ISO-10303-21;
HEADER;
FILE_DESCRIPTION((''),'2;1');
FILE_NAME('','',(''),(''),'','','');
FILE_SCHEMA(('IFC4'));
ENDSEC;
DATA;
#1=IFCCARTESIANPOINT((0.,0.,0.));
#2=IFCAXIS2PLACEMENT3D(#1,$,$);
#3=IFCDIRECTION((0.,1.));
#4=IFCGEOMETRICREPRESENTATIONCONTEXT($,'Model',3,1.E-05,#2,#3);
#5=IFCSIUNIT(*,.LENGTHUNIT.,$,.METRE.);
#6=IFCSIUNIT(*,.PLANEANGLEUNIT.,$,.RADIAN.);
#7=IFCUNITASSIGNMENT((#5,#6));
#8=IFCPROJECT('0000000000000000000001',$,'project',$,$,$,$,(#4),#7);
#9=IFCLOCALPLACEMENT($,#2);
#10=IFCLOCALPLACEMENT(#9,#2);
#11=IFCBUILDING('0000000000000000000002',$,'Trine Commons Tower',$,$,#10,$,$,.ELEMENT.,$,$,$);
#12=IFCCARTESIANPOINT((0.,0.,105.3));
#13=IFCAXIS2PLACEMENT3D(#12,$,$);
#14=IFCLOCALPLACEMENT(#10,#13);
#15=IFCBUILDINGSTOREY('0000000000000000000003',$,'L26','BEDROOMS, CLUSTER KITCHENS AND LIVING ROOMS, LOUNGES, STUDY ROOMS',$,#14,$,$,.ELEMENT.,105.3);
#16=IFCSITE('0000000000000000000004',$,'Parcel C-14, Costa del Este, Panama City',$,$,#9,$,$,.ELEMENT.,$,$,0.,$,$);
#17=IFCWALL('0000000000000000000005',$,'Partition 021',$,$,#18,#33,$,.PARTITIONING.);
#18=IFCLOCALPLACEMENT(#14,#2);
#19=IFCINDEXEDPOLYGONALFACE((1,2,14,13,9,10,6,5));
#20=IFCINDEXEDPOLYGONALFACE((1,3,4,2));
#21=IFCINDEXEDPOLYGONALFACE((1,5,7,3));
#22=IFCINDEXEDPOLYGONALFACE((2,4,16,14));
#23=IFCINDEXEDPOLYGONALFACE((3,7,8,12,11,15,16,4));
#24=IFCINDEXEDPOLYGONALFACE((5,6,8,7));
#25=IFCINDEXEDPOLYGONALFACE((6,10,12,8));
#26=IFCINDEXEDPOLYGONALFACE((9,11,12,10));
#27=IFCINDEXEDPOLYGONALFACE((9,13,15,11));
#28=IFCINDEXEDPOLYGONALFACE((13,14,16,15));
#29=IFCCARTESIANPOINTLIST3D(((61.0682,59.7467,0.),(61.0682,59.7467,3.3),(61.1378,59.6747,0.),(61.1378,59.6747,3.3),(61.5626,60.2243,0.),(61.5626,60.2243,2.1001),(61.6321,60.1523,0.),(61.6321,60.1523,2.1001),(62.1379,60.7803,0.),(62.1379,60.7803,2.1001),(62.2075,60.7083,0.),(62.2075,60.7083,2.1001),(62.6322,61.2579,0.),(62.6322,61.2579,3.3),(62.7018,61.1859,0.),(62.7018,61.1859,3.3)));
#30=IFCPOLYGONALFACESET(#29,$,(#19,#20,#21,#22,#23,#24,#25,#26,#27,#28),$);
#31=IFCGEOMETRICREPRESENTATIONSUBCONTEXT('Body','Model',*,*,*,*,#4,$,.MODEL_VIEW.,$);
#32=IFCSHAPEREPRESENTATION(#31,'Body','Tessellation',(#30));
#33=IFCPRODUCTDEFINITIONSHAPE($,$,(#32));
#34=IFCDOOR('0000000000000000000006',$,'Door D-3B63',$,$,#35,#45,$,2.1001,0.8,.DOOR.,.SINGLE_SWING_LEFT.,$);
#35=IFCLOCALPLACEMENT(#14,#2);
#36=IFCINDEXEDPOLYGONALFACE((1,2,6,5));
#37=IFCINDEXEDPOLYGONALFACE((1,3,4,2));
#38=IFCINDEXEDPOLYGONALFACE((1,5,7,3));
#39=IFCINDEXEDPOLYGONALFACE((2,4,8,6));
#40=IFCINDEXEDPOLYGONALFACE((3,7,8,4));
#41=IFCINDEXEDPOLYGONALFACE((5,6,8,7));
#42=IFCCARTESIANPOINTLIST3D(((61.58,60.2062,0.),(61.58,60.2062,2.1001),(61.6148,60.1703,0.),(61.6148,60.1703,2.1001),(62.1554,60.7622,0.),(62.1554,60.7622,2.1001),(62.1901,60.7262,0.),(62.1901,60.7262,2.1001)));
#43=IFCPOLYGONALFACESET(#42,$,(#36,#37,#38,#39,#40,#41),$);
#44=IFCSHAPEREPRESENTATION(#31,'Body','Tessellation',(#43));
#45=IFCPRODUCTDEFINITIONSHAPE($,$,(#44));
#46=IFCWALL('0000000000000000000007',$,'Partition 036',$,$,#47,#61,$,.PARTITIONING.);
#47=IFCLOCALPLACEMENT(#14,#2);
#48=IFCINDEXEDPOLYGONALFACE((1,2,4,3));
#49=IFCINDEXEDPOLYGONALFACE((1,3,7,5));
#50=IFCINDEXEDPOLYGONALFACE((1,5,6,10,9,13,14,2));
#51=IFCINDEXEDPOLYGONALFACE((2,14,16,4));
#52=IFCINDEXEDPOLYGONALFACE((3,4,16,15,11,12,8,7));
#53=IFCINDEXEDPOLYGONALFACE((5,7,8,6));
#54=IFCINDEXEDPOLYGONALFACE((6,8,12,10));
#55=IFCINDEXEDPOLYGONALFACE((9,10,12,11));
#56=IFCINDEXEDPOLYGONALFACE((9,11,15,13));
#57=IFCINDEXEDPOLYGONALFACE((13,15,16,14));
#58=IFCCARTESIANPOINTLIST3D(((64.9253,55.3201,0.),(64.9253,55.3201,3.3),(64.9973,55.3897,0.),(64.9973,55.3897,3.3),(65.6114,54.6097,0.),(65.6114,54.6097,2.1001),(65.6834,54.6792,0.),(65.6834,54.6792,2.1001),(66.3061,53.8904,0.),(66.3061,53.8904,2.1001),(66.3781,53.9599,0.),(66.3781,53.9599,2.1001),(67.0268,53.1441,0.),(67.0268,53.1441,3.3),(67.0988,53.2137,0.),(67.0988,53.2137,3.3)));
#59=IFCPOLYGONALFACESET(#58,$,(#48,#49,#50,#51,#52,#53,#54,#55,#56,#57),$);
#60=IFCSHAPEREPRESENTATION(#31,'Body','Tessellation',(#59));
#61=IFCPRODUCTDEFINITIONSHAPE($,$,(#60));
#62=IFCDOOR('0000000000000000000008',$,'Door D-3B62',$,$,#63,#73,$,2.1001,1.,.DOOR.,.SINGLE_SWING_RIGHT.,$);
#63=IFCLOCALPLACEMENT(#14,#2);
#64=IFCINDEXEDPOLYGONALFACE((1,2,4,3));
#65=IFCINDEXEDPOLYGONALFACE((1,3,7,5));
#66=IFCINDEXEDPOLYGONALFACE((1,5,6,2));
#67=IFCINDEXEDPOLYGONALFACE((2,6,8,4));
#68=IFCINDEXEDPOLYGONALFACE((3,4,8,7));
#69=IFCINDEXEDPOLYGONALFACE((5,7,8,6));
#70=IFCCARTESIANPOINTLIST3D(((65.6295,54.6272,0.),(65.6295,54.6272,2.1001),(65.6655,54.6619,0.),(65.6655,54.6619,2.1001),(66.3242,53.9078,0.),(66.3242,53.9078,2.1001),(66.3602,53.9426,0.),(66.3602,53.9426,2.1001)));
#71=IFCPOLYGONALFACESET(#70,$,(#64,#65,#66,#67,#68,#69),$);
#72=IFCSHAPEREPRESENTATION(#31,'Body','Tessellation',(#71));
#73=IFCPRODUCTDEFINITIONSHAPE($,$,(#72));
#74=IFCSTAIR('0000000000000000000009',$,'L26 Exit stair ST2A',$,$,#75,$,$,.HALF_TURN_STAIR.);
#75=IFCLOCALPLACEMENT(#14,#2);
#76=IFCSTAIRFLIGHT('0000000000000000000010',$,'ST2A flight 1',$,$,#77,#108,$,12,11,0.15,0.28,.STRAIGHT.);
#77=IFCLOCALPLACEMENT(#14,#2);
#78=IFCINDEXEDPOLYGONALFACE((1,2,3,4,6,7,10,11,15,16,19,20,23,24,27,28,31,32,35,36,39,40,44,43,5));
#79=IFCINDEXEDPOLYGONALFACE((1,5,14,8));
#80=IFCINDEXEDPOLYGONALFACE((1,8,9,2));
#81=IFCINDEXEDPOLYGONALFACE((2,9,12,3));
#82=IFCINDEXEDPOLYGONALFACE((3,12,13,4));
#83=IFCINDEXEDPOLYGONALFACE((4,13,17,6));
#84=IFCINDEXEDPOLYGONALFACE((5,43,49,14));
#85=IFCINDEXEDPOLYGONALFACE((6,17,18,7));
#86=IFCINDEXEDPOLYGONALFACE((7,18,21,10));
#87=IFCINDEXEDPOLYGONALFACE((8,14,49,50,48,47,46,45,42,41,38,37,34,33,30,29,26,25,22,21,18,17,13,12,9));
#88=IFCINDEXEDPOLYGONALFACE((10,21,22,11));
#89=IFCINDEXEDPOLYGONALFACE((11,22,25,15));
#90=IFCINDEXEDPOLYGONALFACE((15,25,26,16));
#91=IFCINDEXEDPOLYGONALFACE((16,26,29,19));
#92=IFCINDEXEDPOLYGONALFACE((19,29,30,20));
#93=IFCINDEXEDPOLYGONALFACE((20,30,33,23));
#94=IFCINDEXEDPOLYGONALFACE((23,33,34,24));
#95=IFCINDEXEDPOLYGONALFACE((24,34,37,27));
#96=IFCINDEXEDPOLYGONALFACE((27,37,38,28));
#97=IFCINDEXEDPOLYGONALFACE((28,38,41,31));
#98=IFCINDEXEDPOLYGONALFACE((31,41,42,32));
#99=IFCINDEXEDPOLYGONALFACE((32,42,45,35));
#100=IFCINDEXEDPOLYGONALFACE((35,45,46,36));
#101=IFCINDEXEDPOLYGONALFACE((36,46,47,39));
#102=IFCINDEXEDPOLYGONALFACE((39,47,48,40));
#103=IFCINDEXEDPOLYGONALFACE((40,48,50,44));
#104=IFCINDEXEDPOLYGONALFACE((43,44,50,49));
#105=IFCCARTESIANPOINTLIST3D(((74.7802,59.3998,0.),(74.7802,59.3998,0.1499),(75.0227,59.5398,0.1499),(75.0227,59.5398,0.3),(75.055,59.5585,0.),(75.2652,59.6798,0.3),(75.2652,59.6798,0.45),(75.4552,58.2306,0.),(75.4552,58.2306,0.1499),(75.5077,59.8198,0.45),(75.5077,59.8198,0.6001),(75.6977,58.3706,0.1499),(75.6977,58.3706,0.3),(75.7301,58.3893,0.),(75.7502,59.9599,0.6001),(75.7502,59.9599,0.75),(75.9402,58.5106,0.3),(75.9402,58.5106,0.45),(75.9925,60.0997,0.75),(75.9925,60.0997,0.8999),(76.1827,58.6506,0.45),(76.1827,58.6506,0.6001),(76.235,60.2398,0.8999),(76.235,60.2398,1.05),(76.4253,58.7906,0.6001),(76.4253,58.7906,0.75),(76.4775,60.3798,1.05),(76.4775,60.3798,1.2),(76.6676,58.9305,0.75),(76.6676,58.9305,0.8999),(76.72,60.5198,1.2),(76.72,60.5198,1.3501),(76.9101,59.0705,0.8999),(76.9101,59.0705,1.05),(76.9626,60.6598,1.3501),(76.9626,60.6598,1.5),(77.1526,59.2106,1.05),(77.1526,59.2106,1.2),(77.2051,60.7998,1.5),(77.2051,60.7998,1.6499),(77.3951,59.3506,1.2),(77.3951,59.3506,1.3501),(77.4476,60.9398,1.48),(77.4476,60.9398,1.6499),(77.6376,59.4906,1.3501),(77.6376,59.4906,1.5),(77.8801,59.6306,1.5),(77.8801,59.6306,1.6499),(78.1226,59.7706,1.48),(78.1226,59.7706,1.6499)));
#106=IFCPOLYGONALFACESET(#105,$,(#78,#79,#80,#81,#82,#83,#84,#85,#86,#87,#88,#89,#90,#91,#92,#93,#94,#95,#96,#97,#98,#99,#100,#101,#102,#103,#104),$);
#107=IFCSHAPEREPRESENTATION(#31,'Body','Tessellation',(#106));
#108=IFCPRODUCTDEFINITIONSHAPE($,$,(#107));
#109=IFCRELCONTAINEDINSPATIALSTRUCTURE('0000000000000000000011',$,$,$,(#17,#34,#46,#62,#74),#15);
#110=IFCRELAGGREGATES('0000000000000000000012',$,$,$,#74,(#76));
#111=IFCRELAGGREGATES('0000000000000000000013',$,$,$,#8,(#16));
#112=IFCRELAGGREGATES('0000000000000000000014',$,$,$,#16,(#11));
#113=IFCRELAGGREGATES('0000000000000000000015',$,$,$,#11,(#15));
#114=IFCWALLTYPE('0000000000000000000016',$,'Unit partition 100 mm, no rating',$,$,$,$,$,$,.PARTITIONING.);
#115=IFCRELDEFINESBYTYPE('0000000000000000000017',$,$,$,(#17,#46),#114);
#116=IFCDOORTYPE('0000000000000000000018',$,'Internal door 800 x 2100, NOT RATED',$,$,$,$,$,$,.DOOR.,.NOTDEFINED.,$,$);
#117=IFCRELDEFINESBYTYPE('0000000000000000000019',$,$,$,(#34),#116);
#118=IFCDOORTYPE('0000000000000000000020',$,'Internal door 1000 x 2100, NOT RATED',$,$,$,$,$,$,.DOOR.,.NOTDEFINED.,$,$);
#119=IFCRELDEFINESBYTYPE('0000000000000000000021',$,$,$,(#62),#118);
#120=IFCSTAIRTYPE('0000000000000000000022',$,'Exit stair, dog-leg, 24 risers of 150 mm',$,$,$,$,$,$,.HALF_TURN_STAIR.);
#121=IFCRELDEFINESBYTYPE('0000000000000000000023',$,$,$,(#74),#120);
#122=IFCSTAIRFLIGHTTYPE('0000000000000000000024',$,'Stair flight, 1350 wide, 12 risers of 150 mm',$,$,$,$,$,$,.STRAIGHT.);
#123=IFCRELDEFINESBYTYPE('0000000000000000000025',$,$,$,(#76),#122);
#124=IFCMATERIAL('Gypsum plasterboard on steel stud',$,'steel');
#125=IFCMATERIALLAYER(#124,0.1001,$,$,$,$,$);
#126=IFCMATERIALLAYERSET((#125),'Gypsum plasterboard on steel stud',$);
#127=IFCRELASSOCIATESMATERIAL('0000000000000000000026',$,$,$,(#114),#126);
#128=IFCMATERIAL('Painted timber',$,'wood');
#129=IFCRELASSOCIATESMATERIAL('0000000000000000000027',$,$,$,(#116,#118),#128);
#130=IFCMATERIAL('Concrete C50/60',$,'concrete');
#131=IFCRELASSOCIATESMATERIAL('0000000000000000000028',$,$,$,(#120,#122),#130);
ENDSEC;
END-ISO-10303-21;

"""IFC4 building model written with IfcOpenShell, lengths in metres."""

from ifc_helpers import new_model, si_unit, direction, frame, frame_2d, origin, place, context, subcontext, project, spatial, polyline, rectangle, outline, extrude, material, layer, layer_set, type_object, element, fill, aggregate, save


model = new_model("IFC4")

# Units and contexts
model_context = context("Model", 3, precision=1e-05, world=origin(), true_north=direction((0.0, 1.0)))
body_context = subcontext(model_context, "Body", "Model", "MODEL_VIEW")
ifc_project = project(units=[si_unit("LENGTHUNIT", "METRE"), si_unit("PLANEANGLEUNIT", "RADIAN")], contexts=[model_context])

# Site, building, storey
site_placement = place(None, origin())
site = spatial("IfcSite", under=ifc_project, at=site_placement, Name="Parcel C-14, Costa del Este, Panama City", CompositionType="ELEMENT", RefElevation=0.0)
building_placement = place(site_placement, origin())
building = spatial("IfcBuilding", under=site, at=building_placement, Name="Trine Commons Tower", CompositionType="ELEMENT")
storey_placement = place(building_placement, frame((0.0, 0.0, 105.3)))
storey = spatial("IfcBuildingStorey", under=building, at=storey_placement, Name="L26", Description="BEDROOMS, CLUSTER KITCHENS AND LIVING ROOMS, LOUNGES, STUDY ROOMS", CompositionType="ELEMENT", Elevation=105.3)

# Shared definitions
ifc_material_1 = material(Name="Gypsum plasterboard on steel stud", Category="steel")

# Walls, openings, doors
ifc_layer_1 = layer(ifc_material_1, 0.1001)
ifc_layer_set_1 = layer_set([ifc_layer_1], Name="Gypsum plasterboard on steel stud")
wall_type_1 = type_object("IfcWallType", Name="Unit partition 100 mm, no rating", PredefinedType="PARTITIONING", material=ifc_layer_set_1)
wall_1_placement = place(storey_placement, frame((61.103, 59.7107, 0.0), z_axis=(0.0, 0.0, 1.0), x_axis=(0.719127, 0.694879, 0.0)))
wall_1 = element("IfcWall", 1, at=wall_1_placement, inside=storey, type_object=wall_type_1, Name="Partition 021", PredefinedType="PARTITIONING", context=body_context, shape_type="SweptSolid", body=[
    extrude(rectangle(XDim=2.1748, YDim=0.1001, at=frame_2d((1.0874, 0.0))), origin(), (0.0, 0.0, 1.0), 3.3),
])
opening_1_placement = place(wall_1_placement, frame((0.6875, 0.0, 0.0)))
opening_1 = element("IfcOpeningElement", 2, at=opening_1_placement, cuts=wall_1, PredefinedType="OPENING", context=body_context, shape_type="SweptSolid", body=[
    extrude(rectangle(XDim=0.8, YDim=2.1001, at=frame_2d((0.3999, 1.05))), frame((0.0, 0.0601, 0.0), z_axis=(0.0, -1.0, 0.0), x_axis=(1.0, 0.0, 0.0)), (0.0, 0.0, 1.0), 0.1201),
])
ifc_material_2 = material(Name="Painted timber", Category="wood")
door_type_1 = type_object("IfcDoorType", Name="Internal door 800 x 2100, NOT RATED", OperationType="NOTDEFINED", PredefinedType="DOOR", material=ifc_material_2)
door_1_placement = place(opening_1_placement, origin())
door_1 = element("IfcDoor", 3, at=door_1_placement, inside=storey, type_object=door_type_1, Name="Door D-3B63", OperationType="SINGLE_SWING_LEFT", OverallHeight=2.1001, OverallWidth=0.8, PredefinedType="DOOR", context=body_context, shape_type="SweptSolid", body=[
    extrude(rectangle(XDim=0.8, YDim=2.1001, at=frame_2d((0.3999, 1.05))), frame((0.0, 0.0249, 0.0), z_axis=(0.0, -1.0, 0.0), x_axis=(1.0, 0.0, 0.0)), (0.0, 0.0, 1.0), 0.05),
])
fill(opening_1, door_1)
wall_2_placement = place(storey_placement, frame((64.9612, 55.355, 0.0), z_axis=(0.0, 0.0, 1.0), x_axis=(0.694692, -0.719307, 0.0)))
wall_2 = element("IfcWall", 4, at=wall_2_placement, inside=storey, type_object=wall_type_1, Name="Partition 036", PredefinedType="PARTITIONING", context=body_context, shape_type="SweptSolid", body=[
    extrude(rectangle(XDim=3.0251, YDim=0.1001, at=frame_2d((1.5127, 0.0))), origin(), (0.0, 0.0, 1.0), 3.3),
])
opening_2_placement = place(wall_2_placement, frame((0.9878, 0.0, 0.0)))
opening_2 = element("IfcOpeningElement", 5, at=opening_2_placement, cuts=wall_2, PredefinedType="OPENING", context=body_context, shape_type="SweptSolid", body=[
    extrude(rectangle(XDim=1.0, YDim=2.1001, at=frame_2d((0.5, 1.05))), frame((0.0, 0.0601, 0.0), z_axis=(0.0, -1.0, 0.0), x_axis=(1.0, 0.0, 0.0)), (0.0, 0.0, 1.0), 0.1201),
])
door_type_2 = type_object("IfcDoorType", Name="Internal door 1000 x 2100, NOT RATED", OperationType="NOTDEFINED", PredefinedType="DOOR", material=ifc_material_2)
door_2_placement = place(opening_2_placement, frame((1.0, 0.0, 0.0), z_axis=(0.0, 0.0, 1.0), x_axis=(-1.0, 0.0, 0.0)))
door_2 = element("IfcDoor", 6, at=door_2_placement, inside=storey, type_object=door_type_2, Name="Door D-3B62", OperationType="SINGLE_SWING_RIGHT", OverallHeight=2.1001, OverallWidth=1.0, PredefinedType="DOOR", context=body_context, shape_type="SweptSolid", body=[
    extrude(rectangle(XDim=1.0, YDim=2.1001, at=frame_2d((0.5, 1.05))), frame((0.0, 0.0249, 0.0), z_axis=(0.0, -1.0, 0.0), x_axis=(1.0, 0.0, 0.0)), (0.0, 0.0, 1.0), 0.05),
])
fill(opening_2, door_2)

# Stair, stair flight
ifc_material_3 = material(Name="Concrete C50/60", Category="concrete")
stair_type = type_object("IfcStairType", Name="Exit stair, dog-leg, 24 risers of 150 mm", PredefinedType="HALF_TURN_STAIR", material=ifc_material_3)
stair_placement = place(storey_placement, origin())
stair = element("IfcStair", 7, at=stair_placement, inside=storey, type_object=stair_type, Name="L26 Exit stair ST2A", PredefinedType="HALF_TURN_STAIR")
stair_flight_type = type_object("IfcStairFlightType", Name="Stair flight, 1350 wide, 12 risers of 150 mm", PredefinedType="STRAIGHT", material=ifc_material_3)
stair_flight_placement = place(storey_placement, frame((75.1177, 58.8152, 0.0), z_axis=(0.0, 0.0, 1.0), x_axis=(0.866025, 0.5, 0.0)))
stair_flight = element("IfcStairFlight", 8, at=stair_flight_placement, type_object=stair_flight_type, Name="ST2A flight 1", NumberOfRisers=12, NumberOfTreads=11, PredefinedType="STRAIGHT", RiserHeight=0.15, TreadLength=0.28, context=body_context, shape_type="SweptSolid", body=[
    extrude(outline(polyline([(0.0, 0.0), (0.0, 0.1499), (0.28, 0.1499), (0.28, 0.3), (0.5601, 0.3), (0.5601, 0.45), (0.8401, 0.45), (0.8401, 0.6001), (1.1201, 0.6001), (1.1201, 0.75), (1.3999, 0.75), (1.3999, 0.8999), (1.6799, 0.8999), (1.6799, 1.05), (1.96, 1.05), (1.96, 1.2), (2.24, 1.2), (2.24, 1.3501), (2.52, 1.3501), (2.52, 1.5), (2.8, 1.5), (2.8, 1.6499), (3.0801, 1.6499), (3.0801, 1.8), (3.0801, 1.48), (0.3174, 0.0), (0.0, 0.0)])), frame((0.0, 0.675, 0.0), z_axis=(0.0, -1.0, 0.0), x_axis=(1.0, 0.0, 0.0)), (0.0, 0.0, 1.0), 1.3501),
])
aggregate(stair, [stair_flight])

save(model, "model.ifc")
